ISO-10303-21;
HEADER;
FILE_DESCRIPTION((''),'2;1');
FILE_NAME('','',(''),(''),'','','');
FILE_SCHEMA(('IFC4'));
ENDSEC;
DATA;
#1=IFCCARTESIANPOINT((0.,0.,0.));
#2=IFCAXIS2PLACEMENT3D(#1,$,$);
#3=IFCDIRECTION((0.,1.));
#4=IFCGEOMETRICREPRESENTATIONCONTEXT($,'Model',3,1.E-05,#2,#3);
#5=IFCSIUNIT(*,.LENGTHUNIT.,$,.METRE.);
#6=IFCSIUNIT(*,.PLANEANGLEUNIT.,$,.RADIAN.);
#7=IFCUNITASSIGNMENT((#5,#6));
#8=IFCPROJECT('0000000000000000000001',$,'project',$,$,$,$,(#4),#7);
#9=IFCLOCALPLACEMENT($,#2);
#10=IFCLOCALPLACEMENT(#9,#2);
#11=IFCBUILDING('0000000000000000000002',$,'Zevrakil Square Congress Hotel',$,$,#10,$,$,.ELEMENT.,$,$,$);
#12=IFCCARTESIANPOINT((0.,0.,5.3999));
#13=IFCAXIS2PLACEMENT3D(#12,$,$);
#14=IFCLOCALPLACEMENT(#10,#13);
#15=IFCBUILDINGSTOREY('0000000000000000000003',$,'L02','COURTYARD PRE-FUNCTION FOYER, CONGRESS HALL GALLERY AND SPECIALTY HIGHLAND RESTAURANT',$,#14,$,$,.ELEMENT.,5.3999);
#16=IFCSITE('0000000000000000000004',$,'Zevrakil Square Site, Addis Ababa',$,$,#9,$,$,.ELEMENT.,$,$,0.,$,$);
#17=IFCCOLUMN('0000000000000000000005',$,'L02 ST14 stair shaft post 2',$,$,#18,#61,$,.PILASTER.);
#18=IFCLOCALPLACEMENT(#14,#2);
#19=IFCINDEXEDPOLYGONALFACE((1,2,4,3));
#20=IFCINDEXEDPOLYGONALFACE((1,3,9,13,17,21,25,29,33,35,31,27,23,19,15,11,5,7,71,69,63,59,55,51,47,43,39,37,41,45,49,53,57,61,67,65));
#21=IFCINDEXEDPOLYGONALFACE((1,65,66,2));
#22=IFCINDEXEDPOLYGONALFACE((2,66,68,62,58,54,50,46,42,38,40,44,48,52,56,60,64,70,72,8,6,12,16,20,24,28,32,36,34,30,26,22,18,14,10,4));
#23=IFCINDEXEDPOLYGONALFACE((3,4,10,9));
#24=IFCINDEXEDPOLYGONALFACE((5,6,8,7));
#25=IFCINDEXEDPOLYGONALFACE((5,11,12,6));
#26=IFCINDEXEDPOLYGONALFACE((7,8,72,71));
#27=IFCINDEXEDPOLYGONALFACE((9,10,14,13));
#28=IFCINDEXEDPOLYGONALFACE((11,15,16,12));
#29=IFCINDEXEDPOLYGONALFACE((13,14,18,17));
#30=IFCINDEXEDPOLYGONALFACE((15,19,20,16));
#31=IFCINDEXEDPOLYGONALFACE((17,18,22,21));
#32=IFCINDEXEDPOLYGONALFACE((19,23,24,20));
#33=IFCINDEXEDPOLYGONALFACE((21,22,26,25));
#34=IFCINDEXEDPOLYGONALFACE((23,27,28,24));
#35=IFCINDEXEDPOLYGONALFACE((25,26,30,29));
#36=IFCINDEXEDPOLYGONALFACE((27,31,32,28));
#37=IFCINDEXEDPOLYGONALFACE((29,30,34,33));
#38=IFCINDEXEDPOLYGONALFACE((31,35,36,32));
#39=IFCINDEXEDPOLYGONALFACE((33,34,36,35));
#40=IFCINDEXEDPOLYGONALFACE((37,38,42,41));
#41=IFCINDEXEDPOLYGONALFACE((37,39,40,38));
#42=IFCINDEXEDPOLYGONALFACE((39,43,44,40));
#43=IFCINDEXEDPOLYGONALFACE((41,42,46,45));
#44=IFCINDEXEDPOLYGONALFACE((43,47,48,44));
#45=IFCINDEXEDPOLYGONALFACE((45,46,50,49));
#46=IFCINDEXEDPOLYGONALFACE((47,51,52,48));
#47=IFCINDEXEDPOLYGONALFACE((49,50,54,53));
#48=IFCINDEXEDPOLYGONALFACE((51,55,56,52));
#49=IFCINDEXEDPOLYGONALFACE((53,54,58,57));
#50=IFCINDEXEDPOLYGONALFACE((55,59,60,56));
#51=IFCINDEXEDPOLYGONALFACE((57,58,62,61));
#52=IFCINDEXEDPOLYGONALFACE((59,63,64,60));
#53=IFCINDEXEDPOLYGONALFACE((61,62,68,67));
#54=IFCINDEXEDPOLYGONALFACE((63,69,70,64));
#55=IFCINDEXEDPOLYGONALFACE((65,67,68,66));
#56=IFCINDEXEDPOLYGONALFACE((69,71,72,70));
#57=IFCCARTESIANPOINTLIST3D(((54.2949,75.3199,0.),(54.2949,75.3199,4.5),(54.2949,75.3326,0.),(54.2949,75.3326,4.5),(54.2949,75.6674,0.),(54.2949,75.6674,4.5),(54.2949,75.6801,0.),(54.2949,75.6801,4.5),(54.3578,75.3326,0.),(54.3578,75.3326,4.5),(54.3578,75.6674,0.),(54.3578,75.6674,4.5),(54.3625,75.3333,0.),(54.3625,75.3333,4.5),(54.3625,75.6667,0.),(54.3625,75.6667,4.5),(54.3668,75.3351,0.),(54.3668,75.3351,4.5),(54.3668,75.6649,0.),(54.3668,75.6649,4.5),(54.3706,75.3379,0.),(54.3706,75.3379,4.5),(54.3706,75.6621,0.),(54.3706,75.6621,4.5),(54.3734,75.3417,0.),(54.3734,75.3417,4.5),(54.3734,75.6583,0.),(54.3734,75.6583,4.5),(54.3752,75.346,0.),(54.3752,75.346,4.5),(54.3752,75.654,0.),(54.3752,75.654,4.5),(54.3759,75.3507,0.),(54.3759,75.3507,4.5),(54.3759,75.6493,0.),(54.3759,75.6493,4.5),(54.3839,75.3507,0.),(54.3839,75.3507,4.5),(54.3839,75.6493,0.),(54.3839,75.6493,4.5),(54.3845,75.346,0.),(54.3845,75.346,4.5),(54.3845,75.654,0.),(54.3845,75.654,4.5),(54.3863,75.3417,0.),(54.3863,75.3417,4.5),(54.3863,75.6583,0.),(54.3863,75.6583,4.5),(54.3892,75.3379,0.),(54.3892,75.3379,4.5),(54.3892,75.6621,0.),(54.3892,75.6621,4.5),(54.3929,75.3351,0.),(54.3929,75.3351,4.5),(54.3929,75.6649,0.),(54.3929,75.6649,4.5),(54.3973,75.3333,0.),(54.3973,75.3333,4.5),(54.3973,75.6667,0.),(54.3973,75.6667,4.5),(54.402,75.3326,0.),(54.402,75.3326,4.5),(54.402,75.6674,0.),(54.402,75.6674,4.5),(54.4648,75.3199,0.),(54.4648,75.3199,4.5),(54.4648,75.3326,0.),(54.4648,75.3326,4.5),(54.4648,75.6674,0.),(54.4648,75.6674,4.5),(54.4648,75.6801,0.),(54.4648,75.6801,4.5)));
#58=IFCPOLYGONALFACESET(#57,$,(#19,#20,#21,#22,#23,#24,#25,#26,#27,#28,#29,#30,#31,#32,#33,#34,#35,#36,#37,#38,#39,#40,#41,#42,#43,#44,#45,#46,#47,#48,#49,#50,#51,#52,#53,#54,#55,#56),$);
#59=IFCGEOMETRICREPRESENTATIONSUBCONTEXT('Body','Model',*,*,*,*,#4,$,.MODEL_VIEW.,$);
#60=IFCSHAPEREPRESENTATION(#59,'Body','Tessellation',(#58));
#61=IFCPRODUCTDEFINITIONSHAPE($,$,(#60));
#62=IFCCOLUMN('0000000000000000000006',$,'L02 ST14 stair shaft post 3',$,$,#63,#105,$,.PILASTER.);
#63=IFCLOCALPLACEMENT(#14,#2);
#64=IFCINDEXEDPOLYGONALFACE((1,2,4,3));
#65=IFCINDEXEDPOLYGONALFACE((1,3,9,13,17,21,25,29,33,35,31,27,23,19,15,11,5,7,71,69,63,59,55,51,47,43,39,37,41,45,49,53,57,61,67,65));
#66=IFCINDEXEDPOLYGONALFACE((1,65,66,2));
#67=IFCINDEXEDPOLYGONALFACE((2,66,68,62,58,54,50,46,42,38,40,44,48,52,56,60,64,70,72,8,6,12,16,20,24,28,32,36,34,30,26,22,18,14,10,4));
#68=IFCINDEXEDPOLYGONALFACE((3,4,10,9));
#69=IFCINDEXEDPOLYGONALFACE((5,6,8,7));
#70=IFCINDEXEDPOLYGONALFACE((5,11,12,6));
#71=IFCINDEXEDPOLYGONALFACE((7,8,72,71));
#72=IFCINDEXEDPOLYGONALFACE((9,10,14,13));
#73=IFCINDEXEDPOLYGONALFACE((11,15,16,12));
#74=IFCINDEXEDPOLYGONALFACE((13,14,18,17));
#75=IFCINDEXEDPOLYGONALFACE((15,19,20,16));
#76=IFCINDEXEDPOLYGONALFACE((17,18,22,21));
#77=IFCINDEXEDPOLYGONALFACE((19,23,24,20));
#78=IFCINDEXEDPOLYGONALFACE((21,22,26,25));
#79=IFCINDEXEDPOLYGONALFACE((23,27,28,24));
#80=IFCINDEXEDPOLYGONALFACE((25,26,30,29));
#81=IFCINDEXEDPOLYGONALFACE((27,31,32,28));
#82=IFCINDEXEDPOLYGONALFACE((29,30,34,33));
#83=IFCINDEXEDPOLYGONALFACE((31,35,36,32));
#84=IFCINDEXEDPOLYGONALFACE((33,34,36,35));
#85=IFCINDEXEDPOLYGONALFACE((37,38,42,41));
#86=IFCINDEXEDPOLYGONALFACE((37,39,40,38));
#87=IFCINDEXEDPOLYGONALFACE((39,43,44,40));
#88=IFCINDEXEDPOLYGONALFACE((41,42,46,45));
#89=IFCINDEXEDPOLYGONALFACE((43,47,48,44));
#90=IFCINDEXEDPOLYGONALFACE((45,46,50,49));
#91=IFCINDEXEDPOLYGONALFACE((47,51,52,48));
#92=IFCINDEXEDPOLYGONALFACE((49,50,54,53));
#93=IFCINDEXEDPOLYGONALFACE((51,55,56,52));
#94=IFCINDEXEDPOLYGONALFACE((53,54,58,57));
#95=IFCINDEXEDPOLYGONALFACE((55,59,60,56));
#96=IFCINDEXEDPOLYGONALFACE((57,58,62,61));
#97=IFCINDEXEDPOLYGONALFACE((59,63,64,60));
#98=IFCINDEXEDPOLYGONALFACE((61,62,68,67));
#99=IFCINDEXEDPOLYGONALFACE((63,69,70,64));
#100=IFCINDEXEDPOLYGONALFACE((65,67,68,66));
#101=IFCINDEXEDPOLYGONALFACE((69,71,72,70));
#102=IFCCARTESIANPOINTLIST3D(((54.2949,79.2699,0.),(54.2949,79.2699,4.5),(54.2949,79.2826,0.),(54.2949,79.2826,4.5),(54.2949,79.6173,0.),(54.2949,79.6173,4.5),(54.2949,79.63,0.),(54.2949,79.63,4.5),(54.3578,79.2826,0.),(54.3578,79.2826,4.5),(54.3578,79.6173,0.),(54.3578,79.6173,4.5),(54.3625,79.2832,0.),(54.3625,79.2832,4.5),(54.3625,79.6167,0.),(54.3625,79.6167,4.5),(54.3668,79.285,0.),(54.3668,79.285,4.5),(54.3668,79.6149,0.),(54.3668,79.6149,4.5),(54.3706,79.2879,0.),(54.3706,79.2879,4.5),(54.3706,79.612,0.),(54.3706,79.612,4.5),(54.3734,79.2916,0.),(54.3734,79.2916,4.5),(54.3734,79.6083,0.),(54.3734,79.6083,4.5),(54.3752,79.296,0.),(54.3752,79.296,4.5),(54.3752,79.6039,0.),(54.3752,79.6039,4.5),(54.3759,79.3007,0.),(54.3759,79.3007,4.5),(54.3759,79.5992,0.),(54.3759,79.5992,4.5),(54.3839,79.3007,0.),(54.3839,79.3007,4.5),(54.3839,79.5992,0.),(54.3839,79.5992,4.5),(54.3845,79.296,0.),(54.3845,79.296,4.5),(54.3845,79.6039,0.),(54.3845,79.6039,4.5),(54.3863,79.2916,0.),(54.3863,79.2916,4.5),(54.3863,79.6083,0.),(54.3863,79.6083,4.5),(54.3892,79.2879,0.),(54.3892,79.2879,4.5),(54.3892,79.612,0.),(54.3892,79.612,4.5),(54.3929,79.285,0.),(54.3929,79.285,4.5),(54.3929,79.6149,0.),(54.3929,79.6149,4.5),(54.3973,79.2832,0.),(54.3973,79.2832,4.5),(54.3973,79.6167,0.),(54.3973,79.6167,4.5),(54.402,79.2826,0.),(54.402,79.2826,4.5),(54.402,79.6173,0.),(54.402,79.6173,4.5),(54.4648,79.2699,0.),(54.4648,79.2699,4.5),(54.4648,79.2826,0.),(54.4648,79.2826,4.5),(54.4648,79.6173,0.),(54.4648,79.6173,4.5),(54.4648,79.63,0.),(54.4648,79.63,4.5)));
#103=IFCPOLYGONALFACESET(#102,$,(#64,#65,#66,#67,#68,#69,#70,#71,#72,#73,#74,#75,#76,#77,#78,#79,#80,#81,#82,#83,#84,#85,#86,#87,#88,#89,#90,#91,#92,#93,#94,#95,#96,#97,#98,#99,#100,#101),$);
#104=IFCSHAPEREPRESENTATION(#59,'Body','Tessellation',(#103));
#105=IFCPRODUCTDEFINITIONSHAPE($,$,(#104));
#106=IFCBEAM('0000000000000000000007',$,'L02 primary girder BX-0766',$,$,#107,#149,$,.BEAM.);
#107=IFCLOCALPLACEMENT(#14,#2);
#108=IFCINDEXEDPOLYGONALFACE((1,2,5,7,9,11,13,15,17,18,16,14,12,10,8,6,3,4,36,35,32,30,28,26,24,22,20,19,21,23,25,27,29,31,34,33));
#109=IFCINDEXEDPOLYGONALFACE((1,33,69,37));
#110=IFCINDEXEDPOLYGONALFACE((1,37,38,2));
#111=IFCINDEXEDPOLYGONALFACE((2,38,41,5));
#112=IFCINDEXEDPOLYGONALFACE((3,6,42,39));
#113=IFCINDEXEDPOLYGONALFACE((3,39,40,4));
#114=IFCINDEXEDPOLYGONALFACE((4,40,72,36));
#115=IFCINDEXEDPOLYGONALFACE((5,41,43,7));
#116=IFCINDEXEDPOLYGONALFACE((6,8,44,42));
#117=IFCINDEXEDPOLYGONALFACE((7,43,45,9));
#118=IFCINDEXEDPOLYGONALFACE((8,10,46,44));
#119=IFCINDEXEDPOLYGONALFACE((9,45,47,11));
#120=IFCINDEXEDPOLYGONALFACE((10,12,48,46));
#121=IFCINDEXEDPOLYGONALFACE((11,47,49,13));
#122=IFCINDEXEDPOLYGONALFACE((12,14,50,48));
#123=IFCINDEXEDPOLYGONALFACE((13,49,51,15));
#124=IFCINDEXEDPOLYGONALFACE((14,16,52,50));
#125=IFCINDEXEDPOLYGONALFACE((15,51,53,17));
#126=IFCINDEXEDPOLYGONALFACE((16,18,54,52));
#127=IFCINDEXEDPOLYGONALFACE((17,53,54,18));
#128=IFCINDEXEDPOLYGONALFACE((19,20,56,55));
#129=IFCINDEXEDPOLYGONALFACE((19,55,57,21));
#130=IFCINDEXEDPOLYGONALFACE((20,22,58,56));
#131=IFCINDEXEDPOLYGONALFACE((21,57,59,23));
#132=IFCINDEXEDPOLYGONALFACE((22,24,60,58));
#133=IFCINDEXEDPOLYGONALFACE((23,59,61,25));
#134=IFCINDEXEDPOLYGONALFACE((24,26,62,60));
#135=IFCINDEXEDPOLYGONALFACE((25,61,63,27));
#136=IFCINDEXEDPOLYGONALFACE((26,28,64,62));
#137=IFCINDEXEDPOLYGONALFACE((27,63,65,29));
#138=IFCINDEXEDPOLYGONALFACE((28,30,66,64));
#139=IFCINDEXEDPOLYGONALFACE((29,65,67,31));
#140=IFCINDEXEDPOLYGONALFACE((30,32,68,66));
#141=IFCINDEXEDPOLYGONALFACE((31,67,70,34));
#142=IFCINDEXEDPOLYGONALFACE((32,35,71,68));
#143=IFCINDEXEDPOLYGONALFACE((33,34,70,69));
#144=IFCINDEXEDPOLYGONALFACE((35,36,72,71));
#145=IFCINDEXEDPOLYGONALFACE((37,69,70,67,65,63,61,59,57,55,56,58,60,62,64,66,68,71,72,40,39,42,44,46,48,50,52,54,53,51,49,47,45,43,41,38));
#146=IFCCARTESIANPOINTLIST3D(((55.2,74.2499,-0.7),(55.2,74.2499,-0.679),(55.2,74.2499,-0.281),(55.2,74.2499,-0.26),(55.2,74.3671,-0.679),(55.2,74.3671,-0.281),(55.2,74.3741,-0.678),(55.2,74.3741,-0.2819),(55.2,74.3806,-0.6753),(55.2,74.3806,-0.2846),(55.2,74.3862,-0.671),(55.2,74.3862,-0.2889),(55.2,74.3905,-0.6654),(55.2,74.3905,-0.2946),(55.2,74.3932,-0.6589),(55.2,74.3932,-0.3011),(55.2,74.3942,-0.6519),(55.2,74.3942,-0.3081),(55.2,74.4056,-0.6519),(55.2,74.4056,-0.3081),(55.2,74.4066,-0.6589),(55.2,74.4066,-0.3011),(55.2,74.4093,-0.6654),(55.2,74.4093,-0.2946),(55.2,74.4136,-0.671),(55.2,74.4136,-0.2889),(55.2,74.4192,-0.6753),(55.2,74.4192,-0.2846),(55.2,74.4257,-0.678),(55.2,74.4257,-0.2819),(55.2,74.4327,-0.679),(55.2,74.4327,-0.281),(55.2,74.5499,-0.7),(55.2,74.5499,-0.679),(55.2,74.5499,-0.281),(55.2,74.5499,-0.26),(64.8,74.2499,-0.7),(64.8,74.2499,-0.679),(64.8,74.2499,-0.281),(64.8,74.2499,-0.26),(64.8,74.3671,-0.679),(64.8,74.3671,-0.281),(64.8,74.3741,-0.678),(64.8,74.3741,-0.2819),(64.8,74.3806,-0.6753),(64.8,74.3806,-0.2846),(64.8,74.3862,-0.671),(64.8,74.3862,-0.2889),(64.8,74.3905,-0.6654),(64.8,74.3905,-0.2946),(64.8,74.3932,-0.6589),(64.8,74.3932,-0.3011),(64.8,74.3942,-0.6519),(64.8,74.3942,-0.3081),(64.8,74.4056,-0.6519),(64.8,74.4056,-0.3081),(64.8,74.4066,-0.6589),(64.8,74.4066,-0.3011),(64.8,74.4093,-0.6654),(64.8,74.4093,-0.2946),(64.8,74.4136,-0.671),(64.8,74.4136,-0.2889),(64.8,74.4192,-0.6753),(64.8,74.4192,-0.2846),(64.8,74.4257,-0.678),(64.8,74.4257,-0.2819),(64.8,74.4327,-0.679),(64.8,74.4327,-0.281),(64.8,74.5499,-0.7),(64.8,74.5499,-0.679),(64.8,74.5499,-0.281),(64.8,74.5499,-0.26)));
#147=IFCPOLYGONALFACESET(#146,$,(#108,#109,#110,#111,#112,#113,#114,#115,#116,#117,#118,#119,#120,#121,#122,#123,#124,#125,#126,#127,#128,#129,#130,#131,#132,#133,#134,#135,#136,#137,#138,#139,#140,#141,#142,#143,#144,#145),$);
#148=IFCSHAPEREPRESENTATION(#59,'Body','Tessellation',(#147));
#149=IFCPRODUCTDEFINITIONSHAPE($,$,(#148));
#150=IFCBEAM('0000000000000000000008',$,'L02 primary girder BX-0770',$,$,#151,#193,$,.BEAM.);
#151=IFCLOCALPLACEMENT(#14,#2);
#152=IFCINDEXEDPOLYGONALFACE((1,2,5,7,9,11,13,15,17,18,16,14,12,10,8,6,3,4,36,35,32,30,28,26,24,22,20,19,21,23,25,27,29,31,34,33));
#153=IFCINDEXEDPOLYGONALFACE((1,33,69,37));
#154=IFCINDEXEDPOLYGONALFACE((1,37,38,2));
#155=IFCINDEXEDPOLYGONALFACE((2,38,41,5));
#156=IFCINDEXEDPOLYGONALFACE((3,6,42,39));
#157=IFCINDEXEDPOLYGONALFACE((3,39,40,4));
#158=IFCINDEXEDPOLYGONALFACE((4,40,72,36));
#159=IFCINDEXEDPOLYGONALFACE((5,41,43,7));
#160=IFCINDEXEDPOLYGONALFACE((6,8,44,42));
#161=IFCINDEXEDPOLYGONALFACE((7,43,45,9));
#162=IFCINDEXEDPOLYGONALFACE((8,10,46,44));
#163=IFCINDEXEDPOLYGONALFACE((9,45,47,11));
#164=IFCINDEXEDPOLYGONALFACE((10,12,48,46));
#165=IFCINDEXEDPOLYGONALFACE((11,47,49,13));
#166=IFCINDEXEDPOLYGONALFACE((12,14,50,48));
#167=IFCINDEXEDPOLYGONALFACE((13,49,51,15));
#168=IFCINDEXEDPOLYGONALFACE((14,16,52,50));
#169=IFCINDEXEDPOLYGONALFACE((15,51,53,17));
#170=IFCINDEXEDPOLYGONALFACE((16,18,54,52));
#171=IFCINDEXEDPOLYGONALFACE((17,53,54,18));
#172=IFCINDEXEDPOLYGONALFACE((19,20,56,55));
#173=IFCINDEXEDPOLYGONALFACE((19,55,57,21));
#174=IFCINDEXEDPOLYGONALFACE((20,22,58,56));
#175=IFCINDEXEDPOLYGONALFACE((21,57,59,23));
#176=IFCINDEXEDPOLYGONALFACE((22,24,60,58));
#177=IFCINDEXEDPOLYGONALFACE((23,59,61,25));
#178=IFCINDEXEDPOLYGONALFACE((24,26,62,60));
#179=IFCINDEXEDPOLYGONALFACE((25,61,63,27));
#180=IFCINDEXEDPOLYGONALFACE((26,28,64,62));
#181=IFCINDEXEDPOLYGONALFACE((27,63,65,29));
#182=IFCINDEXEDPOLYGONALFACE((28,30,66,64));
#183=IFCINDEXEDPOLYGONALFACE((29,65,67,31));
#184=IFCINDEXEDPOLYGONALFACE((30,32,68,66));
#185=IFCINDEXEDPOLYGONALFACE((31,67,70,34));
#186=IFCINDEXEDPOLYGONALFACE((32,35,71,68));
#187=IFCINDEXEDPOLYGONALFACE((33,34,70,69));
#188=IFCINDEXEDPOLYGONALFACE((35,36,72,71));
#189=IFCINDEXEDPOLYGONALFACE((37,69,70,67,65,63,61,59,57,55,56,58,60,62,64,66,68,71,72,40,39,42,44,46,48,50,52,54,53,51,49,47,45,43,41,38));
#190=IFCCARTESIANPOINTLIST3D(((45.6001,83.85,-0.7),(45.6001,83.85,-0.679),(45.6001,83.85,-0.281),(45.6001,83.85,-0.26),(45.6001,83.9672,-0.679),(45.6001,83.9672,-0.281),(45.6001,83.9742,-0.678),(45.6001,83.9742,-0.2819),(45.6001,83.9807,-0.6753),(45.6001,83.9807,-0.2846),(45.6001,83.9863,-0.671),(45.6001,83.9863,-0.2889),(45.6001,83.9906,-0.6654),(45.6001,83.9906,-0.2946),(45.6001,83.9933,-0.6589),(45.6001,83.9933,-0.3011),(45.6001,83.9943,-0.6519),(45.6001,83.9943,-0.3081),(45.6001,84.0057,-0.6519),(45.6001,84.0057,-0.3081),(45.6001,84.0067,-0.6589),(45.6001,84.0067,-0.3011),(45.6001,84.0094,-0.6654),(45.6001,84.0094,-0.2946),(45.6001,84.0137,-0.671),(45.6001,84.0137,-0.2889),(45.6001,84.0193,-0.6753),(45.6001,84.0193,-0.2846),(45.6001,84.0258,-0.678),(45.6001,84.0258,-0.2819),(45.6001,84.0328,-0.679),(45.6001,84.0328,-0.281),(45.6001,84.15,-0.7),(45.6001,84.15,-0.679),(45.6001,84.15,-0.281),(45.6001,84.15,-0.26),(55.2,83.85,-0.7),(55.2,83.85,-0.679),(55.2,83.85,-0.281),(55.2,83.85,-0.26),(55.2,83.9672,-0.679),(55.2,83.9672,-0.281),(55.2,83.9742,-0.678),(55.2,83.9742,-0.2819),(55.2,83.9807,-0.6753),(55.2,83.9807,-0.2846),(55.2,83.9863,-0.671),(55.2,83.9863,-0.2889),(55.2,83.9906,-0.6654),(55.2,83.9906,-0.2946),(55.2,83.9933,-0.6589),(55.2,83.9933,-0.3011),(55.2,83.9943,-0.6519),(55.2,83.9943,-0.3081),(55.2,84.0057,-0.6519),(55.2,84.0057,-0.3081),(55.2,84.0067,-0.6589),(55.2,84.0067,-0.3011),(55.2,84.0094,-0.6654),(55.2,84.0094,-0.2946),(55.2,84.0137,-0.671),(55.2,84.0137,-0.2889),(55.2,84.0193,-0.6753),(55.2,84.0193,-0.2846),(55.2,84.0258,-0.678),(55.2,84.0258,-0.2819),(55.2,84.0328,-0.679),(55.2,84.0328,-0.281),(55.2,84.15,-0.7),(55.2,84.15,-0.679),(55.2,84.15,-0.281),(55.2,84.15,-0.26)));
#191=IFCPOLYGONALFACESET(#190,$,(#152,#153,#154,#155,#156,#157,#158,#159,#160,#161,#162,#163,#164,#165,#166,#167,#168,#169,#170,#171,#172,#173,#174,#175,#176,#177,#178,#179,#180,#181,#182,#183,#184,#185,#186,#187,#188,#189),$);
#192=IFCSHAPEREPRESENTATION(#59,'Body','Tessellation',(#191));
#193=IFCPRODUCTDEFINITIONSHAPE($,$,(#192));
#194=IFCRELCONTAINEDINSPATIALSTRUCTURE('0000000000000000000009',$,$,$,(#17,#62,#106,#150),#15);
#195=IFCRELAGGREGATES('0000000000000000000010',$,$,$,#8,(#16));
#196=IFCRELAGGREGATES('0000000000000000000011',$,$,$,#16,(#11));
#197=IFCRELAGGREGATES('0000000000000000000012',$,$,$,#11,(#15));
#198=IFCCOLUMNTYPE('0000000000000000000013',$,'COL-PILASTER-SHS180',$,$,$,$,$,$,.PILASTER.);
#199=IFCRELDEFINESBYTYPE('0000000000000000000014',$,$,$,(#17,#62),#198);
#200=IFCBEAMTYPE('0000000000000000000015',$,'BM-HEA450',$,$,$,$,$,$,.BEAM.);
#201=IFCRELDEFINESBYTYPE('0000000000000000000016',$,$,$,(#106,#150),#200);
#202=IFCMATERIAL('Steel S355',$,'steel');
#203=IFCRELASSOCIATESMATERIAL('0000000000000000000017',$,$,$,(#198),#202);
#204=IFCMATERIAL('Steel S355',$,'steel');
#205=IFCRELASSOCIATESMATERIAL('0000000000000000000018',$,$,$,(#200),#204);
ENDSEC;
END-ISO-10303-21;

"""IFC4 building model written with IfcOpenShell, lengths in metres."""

from ifc_helpers import new_model, si_unit, direction, frame, origin, origin_2d, place, context, subcontext, project, spatial, i_section, extrude, material, material_profile, profile_set, type_object, element, save


model = new_model("IFC4")

# Units and contexts
model_context = context("Model", 3, precision=1e-05, world=origin(), true_north=direction((0.0, 1.0)))
body_context = subcontext(model_context, "Body", "Model", "MODEL_VIEW")
ifc_project = project(units=[si_unit("LENGTHUNIT", "METRE"), si_unit("PLANEANGLEUNIT", "RADIAN")], contexts=[model_context])

# Site, building, storey
site_placement = place(None, origin())
site = spatial("IfcSite", under=ifc_project, at=site_placement, Name="Zevrakil Square Site, Addis Ababa", CompositionType="ELEMENT", RefElevation=0.0)
building_placement = place(site_placement, origin())
building = spatial("IfcBuilding", under=site, at=building_placement, Name="Zevrakil Square Congress Hotel", CompositionType="ELEMENT")
storey_placement = place(building_placement, frame((0.0, 0.0, 5.3999)))
storey = spatial("IfcBuildingStorey", under=building, at=storey_placement, Name="L02", Description="COURTYARD PRE-FUNCTION FOYER, CONGRESS HALL GALLERY AND SPECIALTY HIGHLAND RESTAURANT", CompositionType="ELEMENT", Elevation=5.3999)

# Columns
ifc_material_1 = material(Name="Steel S355", Category="steel")
ifc_material_profile_1 = material_profile(ifc_material_1, i_section(OverallWidth=0.1699, OverallDepth=0.3601, WebThickness=0.0081, FlangeThickness=0.0127, FilletRadius=0.0181, at=origin_2d()), Name="IPE 360")
ifc_profile_set_1 = profile_set([ifc_material_profile_1], Name="Steel S355")
column_type_1 = type_object("IfcColumnType", Name="COL-PILASTER-SHS180", PredefinedType="PILASTER", material=ifc_profile_set_1)
for number, where, z_axis, x_axis, name in (
    (1, (54.3799, 75.5, 0.0), (0.0, 0.0, 1.0), (1.0, 0.0, 0.0), "L02 ST14 stair shaft post 2"),
    (2, (54.3799, 79.45, 0.0), (0.0, 0.0, 1.0), (1.0, 0.0, 0.0), "L02 ST14 stair shaft post 3"),
):
    element("IfcColumn", number, at=place(storey_placement, frame(where, z_axis=z_axis, x_axis=x_axis)), inside=storey, type_object=column_type_1, Name=name, PredefinedType="PILASTER", context=body_context, shape_type="SweptSolid", body=[
        extrude(i_section(OverallWidth=0.1699, OverallDepth=0.3601, WebThickness=0.0081, FlangeThickness=0.0127, FilletRadius=0.0181, at=origin_2d()), origin(), (0.0, 0.0, 1.0), 4.5),
    ])

# Beams
ifc_material_2 = material(Name="Steel S355", Category="steel")
ifc_material_profile_2 = material_profile(ifc_material_2, i_section(OverallWidth=0.3, OverallDepth=0.4399, WebThickness=0.0115, FlangeThickness=0.021, FilletRadius=0.0271, at=origin_2d()), Name="HEA 450")
ifc_profile_set_2 = profile_set([ifc_material_profile_2], Name="Steel S355")
beam_type_1 = type_object("IfcBeamType", Name="BM-HEA450", PredefinedType="BEAM", material=ifc_profile_set_2)
beam_1_placement = place(storey_placement, frame((55.2, 74.3999, -0.48), z_axis=(1.0, 0.0, 0.0), x_axis=(0.0, 1.0, 0.0)))
element("IfcBeam", 3, at=beam_1_placement, inside=storey, type_object=beam_type_1, Name="L02 primary girder BX-0766", PredefinedType="BEAM", context=body_context, shape_type="SweptSolid", body=[
    extrude(i_section(OverallWidth=0.3, OverallDepth=0.4399, WebThickness=0.0115, FlangeThickness=0.021, FilletRadius=0.0271, at=origin_2d()), origin(), (0.0, 0.0, 1.0), 9.6001),
])
beam_2_placement = place(storey_placement, frame((45.6001, 84.0, -0.48), z_axis=(1.0, 0.0, 0.0), x_axis=(0.0, 1.0, 0.0)))
element("IfcBeam", 4, at=beam_2_placement, inside=storey, type_object=beam_type_1, Name="L02 primary girder BX-0770", PredefinedType="BEAM", context=body_context, shape_type="SweptSolid", body=[
    extrude(i_section(OverallWidth=0.3, OverallDepth=0.4399, WebThickness=0.0115, FlangeThickness=0.021, FilletRadius=0.0271, at=origin_2d()), origin(), (0.0, 0.0, 1.0), 9.5999),
])

save(model, "model.ifc")
